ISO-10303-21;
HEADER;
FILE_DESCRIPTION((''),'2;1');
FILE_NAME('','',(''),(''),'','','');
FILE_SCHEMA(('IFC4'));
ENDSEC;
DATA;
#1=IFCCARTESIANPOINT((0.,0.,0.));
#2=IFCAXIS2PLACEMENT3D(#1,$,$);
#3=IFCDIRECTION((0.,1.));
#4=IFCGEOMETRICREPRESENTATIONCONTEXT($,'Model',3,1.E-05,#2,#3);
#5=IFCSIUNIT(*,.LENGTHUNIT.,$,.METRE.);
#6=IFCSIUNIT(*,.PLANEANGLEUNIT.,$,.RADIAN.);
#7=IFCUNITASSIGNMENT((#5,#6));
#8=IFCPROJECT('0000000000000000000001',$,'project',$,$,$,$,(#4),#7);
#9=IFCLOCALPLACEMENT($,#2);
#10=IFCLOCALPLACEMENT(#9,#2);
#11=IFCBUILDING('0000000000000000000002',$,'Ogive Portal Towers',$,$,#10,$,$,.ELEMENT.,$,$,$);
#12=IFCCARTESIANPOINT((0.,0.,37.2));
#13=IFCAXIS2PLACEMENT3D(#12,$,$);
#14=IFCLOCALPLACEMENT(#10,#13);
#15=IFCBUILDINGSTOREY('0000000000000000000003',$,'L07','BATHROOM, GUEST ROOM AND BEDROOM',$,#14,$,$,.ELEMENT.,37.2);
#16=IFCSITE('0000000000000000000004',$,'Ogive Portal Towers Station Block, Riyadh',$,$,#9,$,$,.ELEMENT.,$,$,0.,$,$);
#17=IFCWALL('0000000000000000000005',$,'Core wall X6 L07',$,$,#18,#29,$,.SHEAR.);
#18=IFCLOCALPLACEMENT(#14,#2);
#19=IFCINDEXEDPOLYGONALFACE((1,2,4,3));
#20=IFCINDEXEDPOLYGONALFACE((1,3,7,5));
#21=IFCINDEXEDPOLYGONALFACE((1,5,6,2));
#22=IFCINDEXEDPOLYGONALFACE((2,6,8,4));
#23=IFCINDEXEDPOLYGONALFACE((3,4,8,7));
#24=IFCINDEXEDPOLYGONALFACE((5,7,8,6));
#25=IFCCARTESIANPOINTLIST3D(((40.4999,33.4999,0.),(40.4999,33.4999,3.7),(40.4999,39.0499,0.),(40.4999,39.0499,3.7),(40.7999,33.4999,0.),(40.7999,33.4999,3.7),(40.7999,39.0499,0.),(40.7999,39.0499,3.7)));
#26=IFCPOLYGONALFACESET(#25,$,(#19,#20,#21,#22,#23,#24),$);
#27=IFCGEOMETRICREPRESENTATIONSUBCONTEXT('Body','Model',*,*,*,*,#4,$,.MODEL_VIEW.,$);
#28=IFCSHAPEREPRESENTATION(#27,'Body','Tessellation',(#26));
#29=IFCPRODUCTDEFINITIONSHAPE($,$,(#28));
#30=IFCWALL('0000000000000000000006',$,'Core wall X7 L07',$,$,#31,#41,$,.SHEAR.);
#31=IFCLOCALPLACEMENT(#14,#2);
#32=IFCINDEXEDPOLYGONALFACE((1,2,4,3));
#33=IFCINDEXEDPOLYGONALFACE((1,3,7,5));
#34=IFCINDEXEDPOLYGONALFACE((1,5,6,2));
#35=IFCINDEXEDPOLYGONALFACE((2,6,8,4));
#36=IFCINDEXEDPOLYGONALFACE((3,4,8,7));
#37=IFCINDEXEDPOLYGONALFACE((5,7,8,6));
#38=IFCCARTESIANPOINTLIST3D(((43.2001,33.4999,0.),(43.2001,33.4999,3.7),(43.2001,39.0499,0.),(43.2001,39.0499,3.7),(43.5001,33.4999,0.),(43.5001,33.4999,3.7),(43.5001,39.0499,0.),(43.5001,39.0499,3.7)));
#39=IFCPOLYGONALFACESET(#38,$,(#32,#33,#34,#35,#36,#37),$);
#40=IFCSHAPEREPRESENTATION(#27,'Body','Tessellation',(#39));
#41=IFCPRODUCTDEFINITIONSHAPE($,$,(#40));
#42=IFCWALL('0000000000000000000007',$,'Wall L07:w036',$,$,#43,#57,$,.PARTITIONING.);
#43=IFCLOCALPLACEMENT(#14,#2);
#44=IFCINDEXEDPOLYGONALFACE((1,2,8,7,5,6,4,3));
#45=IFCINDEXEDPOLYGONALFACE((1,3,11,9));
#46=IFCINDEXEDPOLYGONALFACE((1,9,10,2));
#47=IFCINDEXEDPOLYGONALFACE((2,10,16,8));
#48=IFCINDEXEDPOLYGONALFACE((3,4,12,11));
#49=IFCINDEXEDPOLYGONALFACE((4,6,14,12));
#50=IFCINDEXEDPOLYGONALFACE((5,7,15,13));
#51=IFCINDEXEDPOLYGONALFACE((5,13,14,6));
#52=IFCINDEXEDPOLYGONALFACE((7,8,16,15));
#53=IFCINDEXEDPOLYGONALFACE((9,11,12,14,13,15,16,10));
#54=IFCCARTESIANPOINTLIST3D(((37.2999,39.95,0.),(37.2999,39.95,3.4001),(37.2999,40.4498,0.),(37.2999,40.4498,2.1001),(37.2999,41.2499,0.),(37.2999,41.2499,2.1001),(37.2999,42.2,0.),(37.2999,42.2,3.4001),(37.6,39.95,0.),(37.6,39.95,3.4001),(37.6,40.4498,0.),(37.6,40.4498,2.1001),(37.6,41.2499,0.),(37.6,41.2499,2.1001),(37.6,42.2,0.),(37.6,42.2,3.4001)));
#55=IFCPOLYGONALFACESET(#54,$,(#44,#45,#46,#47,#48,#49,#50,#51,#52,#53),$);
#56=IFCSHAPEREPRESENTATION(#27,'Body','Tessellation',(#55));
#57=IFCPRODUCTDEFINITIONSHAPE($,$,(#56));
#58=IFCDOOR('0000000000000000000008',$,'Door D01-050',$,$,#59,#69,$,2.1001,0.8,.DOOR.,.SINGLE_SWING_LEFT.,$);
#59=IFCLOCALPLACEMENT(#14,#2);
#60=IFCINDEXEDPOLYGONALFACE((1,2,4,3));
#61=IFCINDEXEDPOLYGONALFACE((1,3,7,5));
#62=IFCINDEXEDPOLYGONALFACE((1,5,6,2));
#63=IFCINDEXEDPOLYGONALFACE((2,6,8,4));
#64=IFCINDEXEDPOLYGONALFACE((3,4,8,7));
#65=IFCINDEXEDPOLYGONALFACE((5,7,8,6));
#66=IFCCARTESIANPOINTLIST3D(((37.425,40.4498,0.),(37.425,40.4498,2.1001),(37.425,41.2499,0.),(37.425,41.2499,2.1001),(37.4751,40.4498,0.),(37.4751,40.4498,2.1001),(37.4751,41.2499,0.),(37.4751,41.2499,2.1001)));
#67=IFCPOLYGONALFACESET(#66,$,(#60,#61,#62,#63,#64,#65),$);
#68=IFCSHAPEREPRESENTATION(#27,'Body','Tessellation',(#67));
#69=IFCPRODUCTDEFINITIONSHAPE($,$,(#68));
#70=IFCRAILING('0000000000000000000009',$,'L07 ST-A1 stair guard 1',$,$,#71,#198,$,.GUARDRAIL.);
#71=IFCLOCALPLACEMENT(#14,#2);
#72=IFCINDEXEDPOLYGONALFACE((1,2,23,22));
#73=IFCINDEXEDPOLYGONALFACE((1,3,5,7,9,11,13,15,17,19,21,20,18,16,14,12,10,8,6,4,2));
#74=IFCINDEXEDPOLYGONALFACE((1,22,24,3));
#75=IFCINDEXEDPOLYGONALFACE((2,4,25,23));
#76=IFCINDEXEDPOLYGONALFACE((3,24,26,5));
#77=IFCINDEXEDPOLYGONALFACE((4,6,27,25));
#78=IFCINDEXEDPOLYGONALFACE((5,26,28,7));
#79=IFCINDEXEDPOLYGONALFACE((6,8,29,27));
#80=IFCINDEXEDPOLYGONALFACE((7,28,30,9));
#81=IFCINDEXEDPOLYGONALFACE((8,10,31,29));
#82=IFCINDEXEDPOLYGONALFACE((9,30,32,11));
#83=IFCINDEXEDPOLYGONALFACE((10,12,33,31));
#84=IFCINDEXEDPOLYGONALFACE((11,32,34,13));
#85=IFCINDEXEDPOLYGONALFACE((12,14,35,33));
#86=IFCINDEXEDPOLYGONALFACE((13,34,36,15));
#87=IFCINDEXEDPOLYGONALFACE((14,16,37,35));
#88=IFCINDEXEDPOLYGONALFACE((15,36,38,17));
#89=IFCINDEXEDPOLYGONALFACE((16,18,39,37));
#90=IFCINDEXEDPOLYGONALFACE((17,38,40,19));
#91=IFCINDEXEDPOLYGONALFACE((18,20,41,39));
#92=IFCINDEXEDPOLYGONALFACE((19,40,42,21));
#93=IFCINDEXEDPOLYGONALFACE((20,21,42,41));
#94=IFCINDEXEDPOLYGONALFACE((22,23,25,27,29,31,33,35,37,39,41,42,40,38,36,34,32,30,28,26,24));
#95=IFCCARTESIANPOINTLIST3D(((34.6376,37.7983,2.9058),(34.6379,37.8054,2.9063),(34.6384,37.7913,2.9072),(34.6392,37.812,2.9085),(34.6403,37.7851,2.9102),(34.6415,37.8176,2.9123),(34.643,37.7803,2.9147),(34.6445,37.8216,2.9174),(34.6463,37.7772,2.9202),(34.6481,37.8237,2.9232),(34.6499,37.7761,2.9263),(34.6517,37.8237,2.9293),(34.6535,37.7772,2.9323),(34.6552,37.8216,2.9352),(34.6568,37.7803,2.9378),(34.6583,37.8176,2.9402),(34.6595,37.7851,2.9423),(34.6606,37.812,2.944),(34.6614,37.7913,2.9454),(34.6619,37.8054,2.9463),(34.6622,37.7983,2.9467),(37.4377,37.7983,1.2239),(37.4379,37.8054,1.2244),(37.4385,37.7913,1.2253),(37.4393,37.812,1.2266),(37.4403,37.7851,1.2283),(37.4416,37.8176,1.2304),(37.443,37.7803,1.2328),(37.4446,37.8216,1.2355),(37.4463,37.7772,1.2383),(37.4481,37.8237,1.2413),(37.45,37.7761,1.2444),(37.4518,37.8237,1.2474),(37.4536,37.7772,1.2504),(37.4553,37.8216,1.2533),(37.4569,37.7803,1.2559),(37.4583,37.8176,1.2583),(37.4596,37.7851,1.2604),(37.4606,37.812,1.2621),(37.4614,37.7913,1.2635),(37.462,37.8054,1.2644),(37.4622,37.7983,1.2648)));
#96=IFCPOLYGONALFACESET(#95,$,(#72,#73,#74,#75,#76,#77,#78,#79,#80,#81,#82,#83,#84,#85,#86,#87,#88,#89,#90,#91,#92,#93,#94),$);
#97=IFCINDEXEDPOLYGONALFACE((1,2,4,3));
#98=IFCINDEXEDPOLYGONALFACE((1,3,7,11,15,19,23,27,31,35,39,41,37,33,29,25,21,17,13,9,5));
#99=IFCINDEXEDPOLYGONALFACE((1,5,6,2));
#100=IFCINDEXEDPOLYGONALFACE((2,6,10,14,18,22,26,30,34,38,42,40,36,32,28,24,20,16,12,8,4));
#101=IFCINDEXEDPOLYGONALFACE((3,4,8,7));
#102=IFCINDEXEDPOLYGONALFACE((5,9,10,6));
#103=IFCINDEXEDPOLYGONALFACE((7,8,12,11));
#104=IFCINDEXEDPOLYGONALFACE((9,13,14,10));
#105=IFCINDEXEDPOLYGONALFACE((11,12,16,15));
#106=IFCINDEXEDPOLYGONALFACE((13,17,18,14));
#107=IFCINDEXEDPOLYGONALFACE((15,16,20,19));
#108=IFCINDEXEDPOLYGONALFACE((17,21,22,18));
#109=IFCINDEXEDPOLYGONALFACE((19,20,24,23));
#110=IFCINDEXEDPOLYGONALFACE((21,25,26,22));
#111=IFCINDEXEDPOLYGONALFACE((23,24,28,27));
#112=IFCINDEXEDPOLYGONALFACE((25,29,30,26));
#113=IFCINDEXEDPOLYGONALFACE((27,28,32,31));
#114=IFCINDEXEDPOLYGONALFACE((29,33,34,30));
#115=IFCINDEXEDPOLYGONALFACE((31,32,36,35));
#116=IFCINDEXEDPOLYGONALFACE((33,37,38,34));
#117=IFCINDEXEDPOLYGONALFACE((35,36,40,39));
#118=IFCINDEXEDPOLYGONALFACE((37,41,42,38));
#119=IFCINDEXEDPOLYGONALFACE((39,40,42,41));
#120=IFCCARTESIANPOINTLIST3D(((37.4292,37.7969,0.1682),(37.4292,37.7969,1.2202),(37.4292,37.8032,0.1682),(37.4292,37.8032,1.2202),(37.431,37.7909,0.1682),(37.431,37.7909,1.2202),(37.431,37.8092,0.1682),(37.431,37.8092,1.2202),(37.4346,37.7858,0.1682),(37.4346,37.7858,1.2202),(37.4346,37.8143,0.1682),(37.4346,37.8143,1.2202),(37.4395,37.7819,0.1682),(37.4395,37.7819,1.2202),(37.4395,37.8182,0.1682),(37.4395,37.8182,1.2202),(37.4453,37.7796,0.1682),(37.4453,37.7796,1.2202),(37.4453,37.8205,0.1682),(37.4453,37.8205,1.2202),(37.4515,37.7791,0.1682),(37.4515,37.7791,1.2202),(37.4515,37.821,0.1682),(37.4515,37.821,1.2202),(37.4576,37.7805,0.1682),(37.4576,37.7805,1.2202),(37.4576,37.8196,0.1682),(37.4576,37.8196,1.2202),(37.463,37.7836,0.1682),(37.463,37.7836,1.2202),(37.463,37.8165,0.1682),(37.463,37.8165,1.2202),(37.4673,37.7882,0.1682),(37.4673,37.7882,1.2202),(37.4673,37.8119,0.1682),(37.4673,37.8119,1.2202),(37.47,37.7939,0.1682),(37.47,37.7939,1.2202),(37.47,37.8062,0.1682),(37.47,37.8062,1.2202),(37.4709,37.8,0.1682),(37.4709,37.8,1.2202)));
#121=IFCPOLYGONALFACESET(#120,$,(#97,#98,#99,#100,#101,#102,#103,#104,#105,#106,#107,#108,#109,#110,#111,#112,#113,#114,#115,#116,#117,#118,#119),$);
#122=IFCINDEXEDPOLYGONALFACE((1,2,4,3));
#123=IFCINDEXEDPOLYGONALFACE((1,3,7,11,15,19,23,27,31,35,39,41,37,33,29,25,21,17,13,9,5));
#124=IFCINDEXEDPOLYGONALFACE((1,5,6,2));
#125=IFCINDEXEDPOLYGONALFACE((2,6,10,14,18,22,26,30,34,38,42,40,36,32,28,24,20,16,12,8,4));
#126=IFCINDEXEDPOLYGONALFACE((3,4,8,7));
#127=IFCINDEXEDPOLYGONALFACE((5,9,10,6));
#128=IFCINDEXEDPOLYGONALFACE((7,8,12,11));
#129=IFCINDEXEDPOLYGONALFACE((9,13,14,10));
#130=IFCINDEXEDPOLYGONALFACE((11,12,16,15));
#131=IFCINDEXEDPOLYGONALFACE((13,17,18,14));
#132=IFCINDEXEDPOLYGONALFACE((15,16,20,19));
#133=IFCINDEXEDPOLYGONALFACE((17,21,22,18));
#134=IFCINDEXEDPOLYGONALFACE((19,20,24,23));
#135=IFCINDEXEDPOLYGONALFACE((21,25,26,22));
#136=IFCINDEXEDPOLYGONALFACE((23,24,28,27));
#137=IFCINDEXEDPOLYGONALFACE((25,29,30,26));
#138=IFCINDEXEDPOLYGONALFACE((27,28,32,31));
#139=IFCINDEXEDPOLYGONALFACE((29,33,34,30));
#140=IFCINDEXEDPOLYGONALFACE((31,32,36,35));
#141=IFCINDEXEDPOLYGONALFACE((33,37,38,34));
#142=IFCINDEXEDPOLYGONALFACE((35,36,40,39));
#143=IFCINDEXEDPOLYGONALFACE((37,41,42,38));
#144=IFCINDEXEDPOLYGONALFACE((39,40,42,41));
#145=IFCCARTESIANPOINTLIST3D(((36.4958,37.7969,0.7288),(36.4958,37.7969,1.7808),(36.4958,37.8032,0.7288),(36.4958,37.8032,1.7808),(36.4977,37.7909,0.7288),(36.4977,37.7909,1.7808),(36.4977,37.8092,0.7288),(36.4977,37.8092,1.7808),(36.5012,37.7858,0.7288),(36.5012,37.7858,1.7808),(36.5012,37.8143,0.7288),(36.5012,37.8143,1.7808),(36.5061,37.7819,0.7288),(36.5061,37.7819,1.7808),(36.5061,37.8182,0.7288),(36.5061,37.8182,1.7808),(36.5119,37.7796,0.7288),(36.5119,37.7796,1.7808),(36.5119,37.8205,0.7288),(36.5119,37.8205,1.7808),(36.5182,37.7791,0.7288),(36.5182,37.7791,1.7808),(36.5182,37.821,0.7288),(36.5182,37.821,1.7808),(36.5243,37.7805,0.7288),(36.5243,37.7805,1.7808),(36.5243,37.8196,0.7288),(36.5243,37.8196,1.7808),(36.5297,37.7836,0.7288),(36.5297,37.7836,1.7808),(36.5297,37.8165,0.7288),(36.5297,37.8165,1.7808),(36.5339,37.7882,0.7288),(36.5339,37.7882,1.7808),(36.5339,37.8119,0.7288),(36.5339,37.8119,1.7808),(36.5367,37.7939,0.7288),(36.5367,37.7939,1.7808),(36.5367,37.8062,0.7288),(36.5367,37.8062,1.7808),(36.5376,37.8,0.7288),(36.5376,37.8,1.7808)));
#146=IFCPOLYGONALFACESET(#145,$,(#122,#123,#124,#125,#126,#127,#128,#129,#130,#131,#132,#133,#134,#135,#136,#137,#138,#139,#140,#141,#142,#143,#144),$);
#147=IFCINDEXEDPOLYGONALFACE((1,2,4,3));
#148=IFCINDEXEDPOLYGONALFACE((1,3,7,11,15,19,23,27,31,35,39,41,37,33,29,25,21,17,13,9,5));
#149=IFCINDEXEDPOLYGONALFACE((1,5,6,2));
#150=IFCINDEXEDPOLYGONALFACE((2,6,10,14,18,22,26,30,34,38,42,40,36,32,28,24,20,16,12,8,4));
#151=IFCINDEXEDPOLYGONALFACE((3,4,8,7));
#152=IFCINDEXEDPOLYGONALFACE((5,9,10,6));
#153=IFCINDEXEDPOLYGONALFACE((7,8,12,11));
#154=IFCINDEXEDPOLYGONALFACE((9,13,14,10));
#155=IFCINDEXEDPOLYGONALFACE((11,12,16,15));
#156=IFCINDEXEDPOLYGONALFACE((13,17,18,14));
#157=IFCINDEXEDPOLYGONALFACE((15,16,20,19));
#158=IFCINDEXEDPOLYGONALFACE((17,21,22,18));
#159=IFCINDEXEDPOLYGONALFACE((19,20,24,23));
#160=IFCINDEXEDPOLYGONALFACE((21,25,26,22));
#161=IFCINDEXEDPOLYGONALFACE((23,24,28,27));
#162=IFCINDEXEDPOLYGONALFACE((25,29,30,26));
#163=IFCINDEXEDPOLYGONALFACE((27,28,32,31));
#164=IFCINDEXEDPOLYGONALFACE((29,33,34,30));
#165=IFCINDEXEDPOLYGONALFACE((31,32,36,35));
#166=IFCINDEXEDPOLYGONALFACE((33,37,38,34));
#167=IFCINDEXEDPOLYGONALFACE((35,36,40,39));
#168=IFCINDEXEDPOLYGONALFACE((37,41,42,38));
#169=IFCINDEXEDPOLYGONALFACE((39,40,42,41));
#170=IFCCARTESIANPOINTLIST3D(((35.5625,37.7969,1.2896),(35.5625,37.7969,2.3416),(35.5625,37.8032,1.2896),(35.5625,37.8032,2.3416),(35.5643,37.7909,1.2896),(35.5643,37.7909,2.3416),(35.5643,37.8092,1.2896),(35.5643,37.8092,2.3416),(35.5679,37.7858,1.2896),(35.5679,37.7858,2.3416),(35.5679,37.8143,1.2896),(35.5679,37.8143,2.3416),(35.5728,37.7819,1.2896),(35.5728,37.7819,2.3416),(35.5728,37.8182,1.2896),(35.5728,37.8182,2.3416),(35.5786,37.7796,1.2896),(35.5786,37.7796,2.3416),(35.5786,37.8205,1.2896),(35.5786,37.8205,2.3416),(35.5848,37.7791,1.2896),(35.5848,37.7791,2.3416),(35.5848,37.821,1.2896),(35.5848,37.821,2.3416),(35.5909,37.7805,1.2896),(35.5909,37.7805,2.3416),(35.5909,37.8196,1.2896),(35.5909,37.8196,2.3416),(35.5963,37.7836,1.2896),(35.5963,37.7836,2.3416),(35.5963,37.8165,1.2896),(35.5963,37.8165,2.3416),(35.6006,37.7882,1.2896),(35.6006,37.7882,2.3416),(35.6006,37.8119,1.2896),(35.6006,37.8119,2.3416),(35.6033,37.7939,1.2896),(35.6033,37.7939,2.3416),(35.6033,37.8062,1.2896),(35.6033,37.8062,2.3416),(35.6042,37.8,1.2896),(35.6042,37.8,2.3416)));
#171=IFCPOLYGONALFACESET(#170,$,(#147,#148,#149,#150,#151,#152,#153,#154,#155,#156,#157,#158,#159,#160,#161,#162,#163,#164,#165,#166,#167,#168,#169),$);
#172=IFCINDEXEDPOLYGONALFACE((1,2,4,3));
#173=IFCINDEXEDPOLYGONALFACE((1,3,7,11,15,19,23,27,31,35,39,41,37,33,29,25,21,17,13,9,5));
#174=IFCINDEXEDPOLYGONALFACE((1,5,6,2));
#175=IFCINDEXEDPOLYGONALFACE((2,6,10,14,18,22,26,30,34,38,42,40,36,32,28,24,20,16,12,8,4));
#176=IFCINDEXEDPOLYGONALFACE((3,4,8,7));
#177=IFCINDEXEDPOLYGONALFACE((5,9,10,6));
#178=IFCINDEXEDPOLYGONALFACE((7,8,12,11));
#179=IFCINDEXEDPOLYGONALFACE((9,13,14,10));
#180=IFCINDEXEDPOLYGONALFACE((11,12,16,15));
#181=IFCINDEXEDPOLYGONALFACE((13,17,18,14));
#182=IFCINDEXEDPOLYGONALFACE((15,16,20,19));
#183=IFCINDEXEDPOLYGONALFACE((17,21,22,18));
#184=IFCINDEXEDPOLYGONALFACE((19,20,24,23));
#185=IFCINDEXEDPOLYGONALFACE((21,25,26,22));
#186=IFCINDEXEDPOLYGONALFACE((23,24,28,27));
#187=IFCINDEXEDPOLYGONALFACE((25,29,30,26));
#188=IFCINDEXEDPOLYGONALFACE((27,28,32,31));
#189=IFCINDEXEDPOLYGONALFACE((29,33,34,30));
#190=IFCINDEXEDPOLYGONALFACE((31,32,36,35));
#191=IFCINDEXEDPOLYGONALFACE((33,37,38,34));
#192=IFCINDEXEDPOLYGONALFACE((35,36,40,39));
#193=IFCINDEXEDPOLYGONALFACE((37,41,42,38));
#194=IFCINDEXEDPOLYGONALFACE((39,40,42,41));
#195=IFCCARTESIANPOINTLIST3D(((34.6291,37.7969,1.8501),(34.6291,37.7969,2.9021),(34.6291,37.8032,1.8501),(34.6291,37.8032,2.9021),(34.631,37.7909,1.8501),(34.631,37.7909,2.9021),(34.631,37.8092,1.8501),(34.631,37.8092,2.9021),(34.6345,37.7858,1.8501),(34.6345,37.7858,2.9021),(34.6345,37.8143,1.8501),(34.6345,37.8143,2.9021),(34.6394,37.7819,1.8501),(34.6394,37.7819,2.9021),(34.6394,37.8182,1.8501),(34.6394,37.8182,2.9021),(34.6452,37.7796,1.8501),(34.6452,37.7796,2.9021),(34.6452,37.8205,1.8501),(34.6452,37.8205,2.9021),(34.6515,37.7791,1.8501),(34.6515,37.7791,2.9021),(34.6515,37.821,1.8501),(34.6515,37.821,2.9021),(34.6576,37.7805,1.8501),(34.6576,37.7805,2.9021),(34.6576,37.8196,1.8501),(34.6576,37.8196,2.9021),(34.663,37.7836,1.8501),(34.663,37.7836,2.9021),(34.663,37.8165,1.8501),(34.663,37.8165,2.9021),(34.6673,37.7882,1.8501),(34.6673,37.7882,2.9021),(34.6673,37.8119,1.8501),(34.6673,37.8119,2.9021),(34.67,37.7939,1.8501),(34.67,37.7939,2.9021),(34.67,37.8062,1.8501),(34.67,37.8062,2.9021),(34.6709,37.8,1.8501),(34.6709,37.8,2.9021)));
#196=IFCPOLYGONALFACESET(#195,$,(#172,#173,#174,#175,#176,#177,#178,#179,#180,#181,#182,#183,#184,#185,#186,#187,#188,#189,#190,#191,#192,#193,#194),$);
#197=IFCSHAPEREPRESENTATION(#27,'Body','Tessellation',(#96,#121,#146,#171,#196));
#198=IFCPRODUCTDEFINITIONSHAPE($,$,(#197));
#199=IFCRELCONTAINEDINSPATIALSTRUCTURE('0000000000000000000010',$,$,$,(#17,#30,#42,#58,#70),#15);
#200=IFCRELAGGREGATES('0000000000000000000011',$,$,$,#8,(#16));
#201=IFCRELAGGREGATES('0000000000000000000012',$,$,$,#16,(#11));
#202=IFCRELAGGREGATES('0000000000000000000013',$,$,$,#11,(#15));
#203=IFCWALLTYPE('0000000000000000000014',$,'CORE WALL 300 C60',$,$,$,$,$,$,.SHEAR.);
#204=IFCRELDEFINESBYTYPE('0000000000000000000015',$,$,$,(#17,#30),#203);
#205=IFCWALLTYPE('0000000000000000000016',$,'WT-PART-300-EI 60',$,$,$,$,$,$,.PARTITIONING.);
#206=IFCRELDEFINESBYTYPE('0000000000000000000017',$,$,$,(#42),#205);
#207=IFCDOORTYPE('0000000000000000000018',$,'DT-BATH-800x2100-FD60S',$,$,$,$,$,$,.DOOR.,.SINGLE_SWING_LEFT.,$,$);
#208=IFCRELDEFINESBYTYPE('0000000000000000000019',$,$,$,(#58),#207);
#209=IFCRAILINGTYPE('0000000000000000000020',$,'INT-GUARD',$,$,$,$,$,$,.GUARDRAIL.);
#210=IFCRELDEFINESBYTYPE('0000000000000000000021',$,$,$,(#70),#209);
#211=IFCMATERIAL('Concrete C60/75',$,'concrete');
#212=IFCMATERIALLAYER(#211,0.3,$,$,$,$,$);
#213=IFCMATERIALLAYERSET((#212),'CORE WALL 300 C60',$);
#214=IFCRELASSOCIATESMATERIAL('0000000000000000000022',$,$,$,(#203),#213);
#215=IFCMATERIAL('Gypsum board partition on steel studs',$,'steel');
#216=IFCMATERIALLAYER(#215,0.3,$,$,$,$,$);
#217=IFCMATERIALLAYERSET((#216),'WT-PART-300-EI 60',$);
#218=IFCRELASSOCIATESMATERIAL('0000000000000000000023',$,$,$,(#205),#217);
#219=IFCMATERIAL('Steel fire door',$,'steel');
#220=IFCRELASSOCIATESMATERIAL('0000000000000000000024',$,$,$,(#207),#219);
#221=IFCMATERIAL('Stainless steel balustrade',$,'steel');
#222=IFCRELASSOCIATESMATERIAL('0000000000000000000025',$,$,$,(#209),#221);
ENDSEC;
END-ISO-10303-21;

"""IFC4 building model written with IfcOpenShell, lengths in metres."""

from ifc_helpers import new_model, si_unit, direction, frame, frame_2d, origin, origin_2d, place, context, subcontext, project, spatial, rectangle, circle, extrude, material, layer, layer_set, type_object, element, fill, save


model = new_model("IFC4")

# Units and contexts
model_context = context("Model", 3, precision=1e-05, world=origin(), true_north=direction((0.0, 1.0)))
body_context = subcontext(model_context, "Body", "Model", "MODEL_VIEW")
ifc_project = project(units=[si_unit("LENGTHUNIT", "METRE"), si_unit("PLANEANGLEUNIT", "RADIAN")], contexts=[model_context])

# Site, building, storey
site_placement = place(None, origin())
site = spatial("IfcSite", under=ifc_project, at=site_placement, Name="Ogive Portal Towers Station Block, Riyadh", CompositionType="ELEMENT", RefElevation=0.0)
building_placement = place(site_placement, origin())
building = spatial("IfcBuilding", under=site, at=building_placement, Name="Ogive Portal Towers", CompositionType="ELEMENT")
storey_placement = place(building_placement, frame((0.0, 0.0, 37.2)))
storey = spatial("IfcBuildingStorey", under=building, at=storey_placement, Name="L07", Description="BATHROOM, GUEST ROOM AND BEDROOM", CompositionType="ELEMENT", Elevation=37.2)

# Walls
ifc_material_1 = material(Name="Concrete C60/75", Category="concrete")
ifc_layer_1 = layer(ifc_material_1, 0.3)
ifc_layer_set_1 = layer_set([ifc_layer_1], Name="CORE WALL 300 C60")
wall_type_1 = type_object("IfcWallType", Name="CORE WALL 300 C60", PredefinedType="SHEAR", material=ifc_layer_set_1)
for number, where, z_axis, x_axis, name in (
    (1, (40.6499, 33.5, 0.0), (0.0, 0.0, 1.0), (0.0, 1.0, 0.0), "Core wall X6 L07"),
    (2, (43.3501, 33.5, 0.0), (0.0, 0.0, 1.0), (0.0, 1.0, 0.0), "Core wall X7 L07"),
):
    element("IfcWall", number, at=place(storey_placement, frame(where, z_axis=z_axis, x_axis=x_axis)), inside=storey, type_object=wall_type_1, Name=name, PredefinedType="SHEAR", context=body_context, shape_type="SweptSolid", body=[
        extrude(rectangle(XDim=5.55, YDim=0.3, at=frame_2d((2.7749, 0.0))), origin(), (0.0, 0.0, 1.0), 3.7),
    ])

# Wall, opening, door
ifc_material_2 = material(Name="Gypsum board partition on steel studs", Category="steel")
ifc_layer_2 = layer(ifc_material_2, 0.3)
ifc_layer_set_2 = layer_set([ifc_layer_2], Name="WT-PART-300-EI 60")
wall_type_2 = type_object("IfcWallType", Name="WT-PART-300-EI 60", PredefinedType="PARTITIONING", material=ifc_layer_set_2)
wall_1_placement = place(storey_placement, frame((37.45, 39.95, 0.0), z_axis=(0.0, 0.0, 1.0), x_axis=(0.0, 1.0, 0.0)))
wall_1 = element("IfcWall", 3, at=wall_1_placement, inside=storey, type_object=wall_type_2, Name="Wall L07:w036", PredefinedType="PARTITIONING", context=body_context, shape_type="SweptSolid", body=[
    extrude(rectangle(XDim=2.25, YDim=0.3, at=frame_2d((1.125, 0.0))), origin(), (0.0, 0.0, 1.0), 3.4001),
])
opening_1_placement = place(wall_1_placement, frame((0.5, 0.0, 0.0)))
opening_1 = element("IfcOpeningElement", 4, at=opening_1_placement, cuts=wall_1, PredefinedType="OPENING", context=body_context, shape_type="SweptSolid", body=[
    extrude(rectangle(XDim=0.8, YDim=2.1001, at=frame_2d((0.3999, 1.05))), frame((0.0, 0.1602, 0.0), z_axis=(0.0, -1.0, 0.0), x_axis=(1.0, 0.0, 0.0)), (0.0, 0.0, 1.0), 0.3201),
])
ifc_material_3 = material(Name="Steel fire door", Category="steel")
door_type_1 = type_object("IfcDoorType", Name="DT-BATH-800x2100-FD60S", OperationType="SINGLE_SWING_LEFT", PredefinedType="DOOR", material=ifc_material_3)
door_1_placement = place(opening_1_placement, origin())
door_1 = element("IfcDoor", 5, at=door_1_placement, inside=storey, type_object=door_type_1, Name="Door D01-050", OperationType="SINGLE_SWING_LEFT", OverallHeight=2.1001, OverallWidth=0.8, PredefinedType="DOOR", context=body_context, shape_type="SweptSolid", body=[
    extrude(rectangle(XDim=0.8, YDim=2.1001, at=frame_2d((0.3999, 1.05))), frame((0.0, 0.0249, 0.0), z_axis=(0.0, -1.0, 0.0), x_axis=(1.0, 0.0, 0.0)), (0.0, 0.0, 1.0), 0.05),
])
fill(opening_1, door_1)

# Railing
ifc_material_4 = material(Name="Stainless steel balustrade", Category="steel")
railing_type_1 = type_object("IfcRailingType", Name="INT-GUARD", PredefinedType="GUARDRAIL", material=ifc_material_4)
railing_1_placement = place(storey_placement, frame((37.45, 37.8, 0.1682)))
element("IfcRailing", 6, at=railing_1_placement, inside=storey, type_object=railing_type_1, Name="L07 ST-A1 stair guard 1", PredefinedType="GUARDRAIL", context=body_context, shape_type="SweptSolid", body=[
    extrude(circle(Radius=0.0239, at=origin_2d()), frame((0.0, 0.0, 1.0762), z_axis=(-0.857242, 0.0, 0.514913), x_axis=(0.0, -1.0, 0.0)), (0.0, 0.0, 1.0), 3.2664),
    extrude(circle(Radius=0.021, at=origin_2d()), origin(), (0.0, 0.0, 1.0), 1.052),
    extrude(circle(Radius=0.021, at=origin_2d()), frame((-0.9333, 0.0, 0.5605)), (0.0, 0.0, 1.0), 1.052),
    extrude(circle(Radius=0.021, at=origin_2d()), frame((-1.8667, 0.0, 1.1213)), (0.0, 0.0, 1.0), 1.052),
    extrude(circle(Radius=0.021, at=origin_2d()), frame((-2.8, 0.0, 1.6819)), (0.0, 0.0, 1.0), 1.052),
])

save(model, "model.ifc")
